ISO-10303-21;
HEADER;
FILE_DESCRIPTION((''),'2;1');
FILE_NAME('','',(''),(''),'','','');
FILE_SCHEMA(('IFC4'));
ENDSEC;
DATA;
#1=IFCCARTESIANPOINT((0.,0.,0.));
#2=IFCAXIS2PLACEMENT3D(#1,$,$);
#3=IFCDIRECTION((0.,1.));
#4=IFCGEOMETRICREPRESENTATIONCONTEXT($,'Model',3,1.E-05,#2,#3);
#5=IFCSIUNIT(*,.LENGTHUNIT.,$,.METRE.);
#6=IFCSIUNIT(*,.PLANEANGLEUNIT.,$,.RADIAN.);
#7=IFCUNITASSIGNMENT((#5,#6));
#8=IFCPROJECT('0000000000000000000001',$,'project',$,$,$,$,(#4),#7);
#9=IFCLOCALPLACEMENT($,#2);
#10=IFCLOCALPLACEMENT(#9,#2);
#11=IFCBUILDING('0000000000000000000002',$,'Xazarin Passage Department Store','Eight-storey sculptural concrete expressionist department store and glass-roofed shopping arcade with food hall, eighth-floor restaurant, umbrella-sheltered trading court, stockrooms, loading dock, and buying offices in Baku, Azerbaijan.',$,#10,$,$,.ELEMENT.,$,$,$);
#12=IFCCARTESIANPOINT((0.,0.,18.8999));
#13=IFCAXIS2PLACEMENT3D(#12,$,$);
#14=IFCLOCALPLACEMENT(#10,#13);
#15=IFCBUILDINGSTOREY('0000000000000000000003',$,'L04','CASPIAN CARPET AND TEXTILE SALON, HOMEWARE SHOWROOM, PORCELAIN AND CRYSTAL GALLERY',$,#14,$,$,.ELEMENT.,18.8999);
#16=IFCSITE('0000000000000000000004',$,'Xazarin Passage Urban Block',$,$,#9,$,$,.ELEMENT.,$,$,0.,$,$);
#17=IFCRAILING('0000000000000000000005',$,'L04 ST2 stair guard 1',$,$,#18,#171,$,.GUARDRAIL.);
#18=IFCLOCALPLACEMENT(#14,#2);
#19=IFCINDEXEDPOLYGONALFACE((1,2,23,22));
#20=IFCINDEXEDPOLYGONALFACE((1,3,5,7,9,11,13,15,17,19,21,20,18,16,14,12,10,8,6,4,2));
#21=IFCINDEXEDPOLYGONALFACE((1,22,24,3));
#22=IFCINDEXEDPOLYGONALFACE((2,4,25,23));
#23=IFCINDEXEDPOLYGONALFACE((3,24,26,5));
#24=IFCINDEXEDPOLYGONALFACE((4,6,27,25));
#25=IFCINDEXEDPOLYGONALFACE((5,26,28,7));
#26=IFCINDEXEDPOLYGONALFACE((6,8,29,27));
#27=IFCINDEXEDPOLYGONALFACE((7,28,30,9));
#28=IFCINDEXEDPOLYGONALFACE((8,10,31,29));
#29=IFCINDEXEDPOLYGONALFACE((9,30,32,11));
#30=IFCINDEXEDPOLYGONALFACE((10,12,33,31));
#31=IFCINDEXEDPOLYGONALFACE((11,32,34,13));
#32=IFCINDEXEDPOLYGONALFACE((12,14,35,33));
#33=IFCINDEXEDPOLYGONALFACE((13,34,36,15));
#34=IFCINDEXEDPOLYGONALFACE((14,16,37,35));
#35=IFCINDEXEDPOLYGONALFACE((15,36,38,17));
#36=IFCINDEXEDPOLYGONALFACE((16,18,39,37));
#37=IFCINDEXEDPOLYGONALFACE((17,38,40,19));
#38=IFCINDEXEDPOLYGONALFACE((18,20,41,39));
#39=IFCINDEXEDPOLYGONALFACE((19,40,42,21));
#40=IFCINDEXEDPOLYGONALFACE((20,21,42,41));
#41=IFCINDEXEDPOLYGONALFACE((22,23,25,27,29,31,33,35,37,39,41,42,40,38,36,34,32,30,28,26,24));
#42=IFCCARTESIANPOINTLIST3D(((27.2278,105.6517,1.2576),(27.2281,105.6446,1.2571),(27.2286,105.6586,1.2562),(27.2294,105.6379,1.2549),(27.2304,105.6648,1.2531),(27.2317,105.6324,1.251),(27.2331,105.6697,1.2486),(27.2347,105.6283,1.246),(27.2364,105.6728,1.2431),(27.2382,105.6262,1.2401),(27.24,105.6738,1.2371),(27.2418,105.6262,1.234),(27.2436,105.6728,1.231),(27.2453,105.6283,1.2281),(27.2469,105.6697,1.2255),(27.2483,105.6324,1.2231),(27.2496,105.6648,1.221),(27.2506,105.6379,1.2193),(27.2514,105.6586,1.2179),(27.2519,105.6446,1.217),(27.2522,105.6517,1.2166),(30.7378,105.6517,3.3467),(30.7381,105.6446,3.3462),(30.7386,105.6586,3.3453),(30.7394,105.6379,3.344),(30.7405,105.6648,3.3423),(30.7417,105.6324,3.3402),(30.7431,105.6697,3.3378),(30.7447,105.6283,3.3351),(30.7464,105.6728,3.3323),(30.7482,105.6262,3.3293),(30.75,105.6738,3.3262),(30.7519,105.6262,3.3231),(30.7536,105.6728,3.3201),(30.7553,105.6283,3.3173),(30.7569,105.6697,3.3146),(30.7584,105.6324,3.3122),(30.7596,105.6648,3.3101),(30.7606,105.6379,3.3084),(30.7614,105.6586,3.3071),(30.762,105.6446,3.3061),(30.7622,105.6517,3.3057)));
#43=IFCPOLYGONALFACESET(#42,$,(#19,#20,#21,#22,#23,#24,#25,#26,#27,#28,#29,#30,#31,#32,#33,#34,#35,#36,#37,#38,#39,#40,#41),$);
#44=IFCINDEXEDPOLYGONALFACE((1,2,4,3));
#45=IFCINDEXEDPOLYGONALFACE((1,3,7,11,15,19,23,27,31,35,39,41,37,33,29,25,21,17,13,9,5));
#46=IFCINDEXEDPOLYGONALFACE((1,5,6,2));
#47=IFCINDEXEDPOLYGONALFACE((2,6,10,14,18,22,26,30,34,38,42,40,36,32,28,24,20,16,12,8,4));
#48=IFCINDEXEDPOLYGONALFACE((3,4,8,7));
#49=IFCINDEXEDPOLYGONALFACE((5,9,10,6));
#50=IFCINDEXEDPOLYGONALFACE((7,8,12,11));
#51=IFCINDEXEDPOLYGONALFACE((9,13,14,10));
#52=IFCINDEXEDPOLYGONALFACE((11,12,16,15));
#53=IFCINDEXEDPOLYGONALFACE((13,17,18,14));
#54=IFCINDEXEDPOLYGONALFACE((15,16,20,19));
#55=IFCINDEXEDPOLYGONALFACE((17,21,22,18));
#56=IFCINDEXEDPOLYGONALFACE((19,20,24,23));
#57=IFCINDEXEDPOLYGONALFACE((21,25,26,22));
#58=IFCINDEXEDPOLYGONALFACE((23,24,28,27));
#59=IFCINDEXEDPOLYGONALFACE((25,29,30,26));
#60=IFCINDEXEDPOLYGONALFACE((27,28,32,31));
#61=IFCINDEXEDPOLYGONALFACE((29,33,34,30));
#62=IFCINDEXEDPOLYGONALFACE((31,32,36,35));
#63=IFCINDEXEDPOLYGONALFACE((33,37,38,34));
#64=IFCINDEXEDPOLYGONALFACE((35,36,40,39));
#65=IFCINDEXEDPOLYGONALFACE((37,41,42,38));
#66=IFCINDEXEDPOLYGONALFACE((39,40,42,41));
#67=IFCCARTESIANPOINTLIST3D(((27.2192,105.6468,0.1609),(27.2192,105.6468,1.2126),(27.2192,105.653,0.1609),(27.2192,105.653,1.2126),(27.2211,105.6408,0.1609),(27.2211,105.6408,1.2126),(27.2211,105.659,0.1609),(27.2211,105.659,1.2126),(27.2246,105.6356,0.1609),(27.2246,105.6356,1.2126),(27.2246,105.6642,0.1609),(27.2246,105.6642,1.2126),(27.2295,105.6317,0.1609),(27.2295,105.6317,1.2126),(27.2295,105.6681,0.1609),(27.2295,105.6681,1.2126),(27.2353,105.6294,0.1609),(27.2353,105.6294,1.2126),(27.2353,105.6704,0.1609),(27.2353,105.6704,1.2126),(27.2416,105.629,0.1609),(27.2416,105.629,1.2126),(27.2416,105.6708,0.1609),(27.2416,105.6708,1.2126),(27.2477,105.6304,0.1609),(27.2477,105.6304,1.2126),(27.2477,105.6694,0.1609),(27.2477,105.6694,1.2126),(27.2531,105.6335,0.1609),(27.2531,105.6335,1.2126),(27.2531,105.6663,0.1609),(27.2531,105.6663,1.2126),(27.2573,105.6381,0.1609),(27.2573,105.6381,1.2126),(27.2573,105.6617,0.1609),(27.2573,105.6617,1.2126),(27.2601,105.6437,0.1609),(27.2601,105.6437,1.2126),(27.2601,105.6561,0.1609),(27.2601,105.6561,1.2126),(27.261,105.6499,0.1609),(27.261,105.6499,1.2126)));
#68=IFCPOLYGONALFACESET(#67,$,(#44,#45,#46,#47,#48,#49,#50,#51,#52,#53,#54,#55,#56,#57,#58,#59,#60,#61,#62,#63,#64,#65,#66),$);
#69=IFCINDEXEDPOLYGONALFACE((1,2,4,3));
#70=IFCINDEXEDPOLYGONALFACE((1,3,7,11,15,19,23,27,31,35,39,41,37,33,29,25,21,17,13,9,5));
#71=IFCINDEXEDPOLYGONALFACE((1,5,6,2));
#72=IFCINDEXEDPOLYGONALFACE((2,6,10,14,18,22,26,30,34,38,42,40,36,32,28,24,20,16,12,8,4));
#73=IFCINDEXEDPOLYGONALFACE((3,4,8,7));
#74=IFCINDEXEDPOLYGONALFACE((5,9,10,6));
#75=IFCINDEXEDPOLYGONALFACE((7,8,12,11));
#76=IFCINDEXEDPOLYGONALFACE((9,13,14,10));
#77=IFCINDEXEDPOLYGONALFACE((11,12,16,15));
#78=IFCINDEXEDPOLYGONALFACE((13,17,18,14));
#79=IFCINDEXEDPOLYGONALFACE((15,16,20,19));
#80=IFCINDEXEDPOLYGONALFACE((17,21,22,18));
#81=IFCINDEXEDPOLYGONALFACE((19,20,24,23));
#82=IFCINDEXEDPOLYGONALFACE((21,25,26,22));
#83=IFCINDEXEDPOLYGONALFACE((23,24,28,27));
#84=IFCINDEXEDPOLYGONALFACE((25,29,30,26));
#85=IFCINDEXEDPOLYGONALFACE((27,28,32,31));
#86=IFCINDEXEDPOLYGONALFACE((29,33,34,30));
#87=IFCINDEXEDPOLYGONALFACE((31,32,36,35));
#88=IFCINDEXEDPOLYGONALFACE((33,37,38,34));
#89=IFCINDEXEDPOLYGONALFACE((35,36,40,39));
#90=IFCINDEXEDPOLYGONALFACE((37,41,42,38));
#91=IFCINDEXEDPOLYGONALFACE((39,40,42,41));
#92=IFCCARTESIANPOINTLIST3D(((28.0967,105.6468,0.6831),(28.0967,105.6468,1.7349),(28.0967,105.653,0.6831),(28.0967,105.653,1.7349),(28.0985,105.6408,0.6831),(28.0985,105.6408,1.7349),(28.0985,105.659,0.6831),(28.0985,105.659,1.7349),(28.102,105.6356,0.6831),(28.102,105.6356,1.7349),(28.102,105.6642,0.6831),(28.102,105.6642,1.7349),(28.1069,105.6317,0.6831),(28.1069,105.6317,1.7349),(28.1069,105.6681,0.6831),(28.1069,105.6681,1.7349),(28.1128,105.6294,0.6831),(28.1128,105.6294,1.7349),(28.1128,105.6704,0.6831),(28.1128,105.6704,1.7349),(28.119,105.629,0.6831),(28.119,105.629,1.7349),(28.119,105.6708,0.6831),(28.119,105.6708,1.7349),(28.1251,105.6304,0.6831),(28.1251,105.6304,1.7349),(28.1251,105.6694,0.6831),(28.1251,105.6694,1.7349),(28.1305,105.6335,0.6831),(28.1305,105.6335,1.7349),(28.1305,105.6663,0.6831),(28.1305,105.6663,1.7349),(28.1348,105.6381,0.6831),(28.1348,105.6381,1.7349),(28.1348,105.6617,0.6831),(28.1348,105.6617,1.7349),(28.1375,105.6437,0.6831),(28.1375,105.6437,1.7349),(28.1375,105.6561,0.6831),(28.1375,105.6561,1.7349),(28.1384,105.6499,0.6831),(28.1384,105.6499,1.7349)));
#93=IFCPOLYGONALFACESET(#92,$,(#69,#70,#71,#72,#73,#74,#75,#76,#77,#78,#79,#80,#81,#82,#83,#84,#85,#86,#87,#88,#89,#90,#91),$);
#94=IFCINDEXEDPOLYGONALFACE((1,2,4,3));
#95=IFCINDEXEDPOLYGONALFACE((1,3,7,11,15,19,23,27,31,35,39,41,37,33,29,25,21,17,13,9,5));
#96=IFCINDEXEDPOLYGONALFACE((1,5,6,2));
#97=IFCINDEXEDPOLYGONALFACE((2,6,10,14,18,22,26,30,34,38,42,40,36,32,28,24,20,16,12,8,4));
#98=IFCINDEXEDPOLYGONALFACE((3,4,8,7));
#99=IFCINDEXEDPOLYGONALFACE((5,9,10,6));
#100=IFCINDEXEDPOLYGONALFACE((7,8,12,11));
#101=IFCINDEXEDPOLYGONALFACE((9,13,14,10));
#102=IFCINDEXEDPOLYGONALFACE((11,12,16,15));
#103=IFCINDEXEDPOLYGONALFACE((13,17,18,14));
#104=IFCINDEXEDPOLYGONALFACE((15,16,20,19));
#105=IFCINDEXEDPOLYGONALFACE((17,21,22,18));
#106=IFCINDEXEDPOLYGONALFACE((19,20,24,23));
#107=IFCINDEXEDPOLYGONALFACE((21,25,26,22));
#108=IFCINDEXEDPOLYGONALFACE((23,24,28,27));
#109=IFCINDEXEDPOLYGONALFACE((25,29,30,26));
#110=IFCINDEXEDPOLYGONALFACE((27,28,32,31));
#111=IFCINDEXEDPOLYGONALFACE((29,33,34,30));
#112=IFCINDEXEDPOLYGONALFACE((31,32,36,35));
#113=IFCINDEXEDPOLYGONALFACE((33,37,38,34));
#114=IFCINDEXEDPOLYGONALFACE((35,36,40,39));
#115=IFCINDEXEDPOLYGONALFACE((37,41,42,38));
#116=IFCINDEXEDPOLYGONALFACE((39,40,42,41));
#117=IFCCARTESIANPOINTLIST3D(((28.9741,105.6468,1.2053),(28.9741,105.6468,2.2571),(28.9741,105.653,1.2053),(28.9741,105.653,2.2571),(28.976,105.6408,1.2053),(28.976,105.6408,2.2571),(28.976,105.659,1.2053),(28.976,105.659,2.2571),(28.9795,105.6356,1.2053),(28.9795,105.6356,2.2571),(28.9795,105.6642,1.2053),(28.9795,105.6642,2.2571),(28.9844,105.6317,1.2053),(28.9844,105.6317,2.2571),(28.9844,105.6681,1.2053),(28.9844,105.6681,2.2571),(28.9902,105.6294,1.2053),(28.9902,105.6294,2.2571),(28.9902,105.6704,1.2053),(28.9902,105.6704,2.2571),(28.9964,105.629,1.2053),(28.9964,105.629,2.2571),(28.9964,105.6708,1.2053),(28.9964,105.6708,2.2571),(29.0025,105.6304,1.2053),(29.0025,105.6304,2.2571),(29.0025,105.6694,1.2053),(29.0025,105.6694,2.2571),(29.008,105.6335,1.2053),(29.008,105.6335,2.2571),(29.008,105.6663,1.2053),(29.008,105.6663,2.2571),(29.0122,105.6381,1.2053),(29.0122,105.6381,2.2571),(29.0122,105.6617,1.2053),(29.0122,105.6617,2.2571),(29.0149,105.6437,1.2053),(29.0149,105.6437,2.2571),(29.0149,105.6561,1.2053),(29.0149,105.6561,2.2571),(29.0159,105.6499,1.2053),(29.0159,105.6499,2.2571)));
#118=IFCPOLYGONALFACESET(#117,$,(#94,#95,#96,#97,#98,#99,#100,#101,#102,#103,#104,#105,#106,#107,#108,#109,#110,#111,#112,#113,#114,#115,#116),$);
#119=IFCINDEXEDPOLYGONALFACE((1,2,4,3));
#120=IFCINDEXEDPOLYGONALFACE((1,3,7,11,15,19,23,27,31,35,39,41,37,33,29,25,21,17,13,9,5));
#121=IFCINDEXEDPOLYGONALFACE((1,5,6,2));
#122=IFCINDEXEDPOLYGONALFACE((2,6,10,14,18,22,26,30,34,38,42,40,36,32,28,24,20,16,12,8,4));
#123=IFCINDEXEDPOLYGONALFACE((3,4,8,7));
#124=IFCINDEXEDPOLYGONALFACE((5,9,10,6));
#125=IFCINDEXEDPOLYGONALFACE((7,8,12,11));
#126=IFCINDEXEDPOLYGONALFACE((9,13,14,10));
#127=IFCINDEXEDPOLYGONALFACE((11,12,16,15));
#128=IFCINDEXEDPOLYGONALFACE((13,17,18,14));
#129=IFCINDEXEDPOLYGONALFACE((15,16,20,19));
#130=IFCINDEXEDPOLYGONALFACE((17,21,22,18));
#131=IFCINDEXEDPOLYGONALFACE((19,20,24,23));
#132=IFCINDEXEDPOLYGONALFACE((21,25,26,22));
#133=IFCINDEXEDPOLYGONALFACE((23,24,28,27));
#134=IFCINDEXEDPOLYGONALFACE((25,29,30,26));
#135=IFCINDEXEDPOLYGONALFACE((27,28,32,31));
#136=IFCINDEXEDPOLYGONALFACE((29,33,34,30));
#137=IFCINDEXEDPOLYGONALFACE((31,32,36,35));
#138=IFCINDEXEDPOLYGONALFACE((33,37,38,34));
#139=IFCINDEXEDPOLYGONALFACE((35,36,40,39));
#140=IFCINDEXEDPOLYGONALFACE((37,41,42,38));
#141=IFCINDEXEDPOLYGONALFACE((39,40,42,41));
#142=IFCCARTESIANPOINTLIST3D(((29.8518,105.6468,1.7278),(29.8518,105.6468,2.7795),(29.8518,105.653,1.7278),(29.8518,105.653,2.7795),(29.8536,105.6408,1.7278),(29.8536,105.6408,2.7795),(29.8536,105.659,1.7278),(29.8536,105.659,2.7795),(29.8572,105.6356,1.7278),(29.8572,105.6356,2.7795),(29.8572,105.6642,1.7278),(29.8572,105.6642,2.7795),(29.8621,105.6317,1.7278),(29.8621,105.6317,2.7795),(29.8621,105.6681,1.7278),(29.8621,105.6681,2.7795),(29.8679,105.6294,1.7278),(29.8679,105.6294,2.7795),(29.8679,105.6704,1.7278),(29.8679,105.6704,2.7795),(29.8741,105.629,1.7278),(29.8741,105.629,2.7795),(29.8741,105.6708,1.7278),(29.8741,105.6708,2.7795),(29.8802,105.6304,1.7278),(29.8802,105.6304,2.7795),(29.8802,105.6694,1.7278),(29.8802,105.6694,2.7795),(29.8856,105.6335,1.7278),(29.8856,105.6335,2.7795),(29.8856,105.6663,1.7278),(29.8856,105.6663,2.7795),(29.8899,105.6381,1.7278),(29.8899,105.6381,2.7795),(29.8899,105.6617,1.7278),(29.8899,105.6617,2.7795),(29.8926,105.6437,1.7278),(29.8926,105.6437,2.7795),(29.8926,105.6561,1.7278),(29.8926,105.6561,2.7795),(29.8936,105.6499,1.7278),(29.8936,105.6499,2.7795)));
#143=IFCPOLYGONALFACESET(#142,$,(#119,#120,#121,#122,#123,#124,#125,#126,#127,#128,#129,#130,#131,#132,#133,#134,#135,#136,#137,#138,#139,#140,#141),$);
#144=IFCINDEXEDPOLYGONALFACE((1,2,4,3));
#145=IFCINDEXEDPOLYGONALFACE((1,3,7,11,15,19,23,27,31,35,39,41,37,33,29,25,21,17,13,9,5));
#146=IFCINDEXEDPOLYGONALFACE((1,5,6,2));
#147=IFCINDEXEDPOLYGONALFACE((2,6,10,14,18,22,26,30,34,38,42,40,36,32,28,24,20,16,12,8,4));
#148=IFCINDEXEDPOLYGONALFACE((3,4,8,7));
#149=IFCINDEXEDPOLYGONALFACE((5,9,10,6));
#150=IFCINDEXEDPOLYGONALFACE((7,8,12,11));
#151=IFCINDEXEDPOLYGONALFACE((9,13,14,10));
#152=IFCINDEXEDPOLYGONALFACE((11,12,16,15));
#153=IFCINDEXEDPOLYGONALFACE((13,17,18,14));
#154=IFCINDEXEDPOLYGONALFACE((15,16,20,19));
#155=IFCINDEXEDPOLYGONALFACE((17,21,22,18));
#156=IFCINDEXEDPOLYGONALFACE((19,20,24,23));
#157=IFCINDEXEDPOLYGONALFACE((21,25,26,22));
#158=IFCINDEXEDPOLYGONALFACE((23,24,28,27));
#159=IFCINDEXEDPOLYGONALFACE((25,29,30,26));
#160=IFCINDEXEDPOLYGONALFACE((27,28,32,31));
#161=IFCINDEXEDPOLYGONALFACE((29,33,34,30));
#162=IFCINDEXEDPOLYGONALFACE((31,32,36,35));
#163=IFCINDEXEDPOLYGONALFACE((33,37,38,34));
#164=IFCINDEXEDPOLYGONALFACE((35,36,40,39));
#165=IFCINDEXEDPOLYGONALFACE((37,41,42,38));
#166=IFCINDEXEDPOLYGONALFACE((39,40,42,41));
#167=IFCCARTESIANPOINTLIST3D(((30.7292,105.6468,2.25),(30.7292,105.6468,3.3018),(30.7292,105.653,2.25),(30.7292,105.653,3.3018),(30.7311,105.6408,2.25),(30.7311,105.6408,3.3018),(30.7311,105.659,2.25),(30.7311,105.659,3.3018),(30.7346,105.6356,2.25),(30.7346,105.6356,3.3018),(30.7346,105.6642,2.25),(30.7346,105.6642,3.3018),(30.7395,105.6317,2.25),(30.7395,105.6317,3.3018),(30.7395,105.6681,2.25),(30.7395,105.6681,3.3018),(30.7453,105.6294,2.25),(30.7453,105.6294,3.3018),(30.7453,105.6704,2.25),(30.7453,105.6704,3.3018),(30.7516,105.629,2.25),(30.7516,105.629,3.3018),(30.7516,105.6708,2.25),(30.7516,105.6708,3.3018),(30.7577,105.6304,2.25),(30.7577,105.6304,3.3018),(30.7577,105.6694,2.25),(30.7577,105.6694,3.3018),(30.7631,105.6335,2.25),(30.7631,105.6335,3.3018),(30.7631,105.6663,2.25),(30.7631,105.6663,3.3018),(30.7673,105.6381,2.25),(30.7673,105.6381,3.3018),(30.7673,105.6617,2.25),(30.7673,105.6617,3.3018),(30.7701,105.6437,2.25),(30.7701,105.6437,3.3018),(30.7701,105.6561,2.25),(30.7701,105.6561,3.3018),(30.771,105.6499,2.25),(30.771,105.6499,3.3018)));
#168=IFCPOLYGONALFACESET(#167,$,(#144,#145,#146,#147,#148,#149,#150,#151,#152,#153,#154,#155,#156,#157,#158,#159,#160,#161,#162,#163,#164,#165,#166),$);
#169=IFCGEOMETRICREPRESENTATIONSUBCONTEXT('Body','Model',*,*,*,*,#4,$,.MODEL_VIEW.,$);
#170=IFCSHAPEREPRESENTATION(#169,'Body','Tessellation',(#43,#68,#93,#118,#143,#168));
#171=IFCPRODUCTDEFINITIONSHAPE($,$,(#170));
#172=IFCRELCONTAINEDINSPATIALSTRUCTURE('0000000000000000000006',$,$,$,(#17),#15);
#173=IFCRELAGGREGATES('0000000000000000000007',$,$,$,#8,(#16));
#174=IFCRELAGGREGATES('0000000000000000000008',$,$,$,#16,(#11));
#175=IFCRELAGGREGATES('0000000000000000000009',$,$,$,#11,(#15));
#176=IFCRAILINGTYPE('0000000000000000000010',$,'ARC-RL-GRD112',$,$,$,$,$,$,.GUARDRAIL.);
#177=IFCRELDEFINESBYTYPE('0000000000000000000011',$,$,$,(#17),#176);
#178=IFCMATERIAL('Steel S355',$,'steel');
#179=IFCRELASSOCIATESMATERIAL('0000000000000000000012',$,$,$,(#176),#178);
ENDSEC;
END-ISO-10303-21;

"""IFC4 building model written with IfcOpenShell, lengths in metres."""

from ifc_helpers import new_model, si_unit, direction, frame, origin, origin_2d, place, context, subcontext, project, spatial, circle, extrude, material, type_object, element, save


model = new_model("IFC4")

# Units and contexts
model_context = context("Model", 3, precision=1e-05, world=origin(), true_north=direction((0.0, 1.0)))
body_context = subcontext(model_context, "Body", "Model", "MODEL_VIEW")
ifc_project = project(units=[si_unit("LENGTHUNIT", "METRE"), si_unit("PLANEANGLEUNIT", "RADIAN")], contexts=[model_context])

# Site, building, storey
site_placement = place(None, origin())
site = spatial("IfcSite", under=ifc_project, at=site_placement, Name="Xazarin Passage Urban Block", CompositionType="ELEMENT", RefElevation=0.0)
building_placement = place(site_placement, origin())
building = spatial("IfcBuilding", under=site, at=building_placement, Name="Xazarin Passage Department Store", Description="Eight-storey sculptural concrete expressionist department store and glass-roofed shopping arcade with food hall, eighth-floor restaurant, umbrella-sheltered trading court, stockrooms, loading dock, and buying offices in Baku, Azerbaijan.", CompositionType="ELEMENT")
storey_placement = place(building_placement, frame((0.0, 0.0, 18.8999)))
storey = spatial("IfcBuildingStorey", under=building, at=storey_placement, Name="L04", Description="CASPIAN CARPET AND TEXTILE SALON, HOMEWARE SHOWROOM, PORCELAIN AND CRYSTAL GALLERY", CompositionType="ELEMENT", Elevation=18.8999)

# Shared definitions
ifc_material_1 = material(Name="Steel S355", Category="steel")

# Railing
railing_type_1 = type_object("IfcRailingType", Name="ARC-RL-GRD112", PredefinedType="GUARDRAIL", material=ifc_material_1)
railing_1_placement = place(storey_placement, frame((27.24, 105.6499, 0.1609)))
element("IfcRailing", 1, at=railing_1_placement, inside=storey, type_object=railing_type_1, Name="L04 ST2 stair guard 1", PredefinedType="GUARDRAIL", context=body_context, shape_type="SweptSolid", body=[
    extrude(circle(Radius=0.0239, at=origin_2d()), frame((0.0, 0.0, 1.0762), z_axis=(0.859312, 0.0, 0.511451), x_axis=(0.0, 1.0, 0.0)), (0.0, 0.0, 1.0), 4.0847),
    extrude(circle(Radius=0.021, at=origin_2d()), origin(), (0.0, 0.0, 1.0), 1.0518),
    extrude(circle(Radius=0.021, at=origin_2d()), frame((0.8774, 0.0, 0.5222)), (0.0, 0.0, 1.0), 1.0518),
    extrude(circle(Radius=0.021, at=origin_2d()), frame((1.7549, 0.0, 1.0444)), (0.0, 0.0, 1.0), 1.0518),
    extrude(circle(Radius=0.021, at=origin_2d()), frame((2.6326, 0.0, 1.5669)), (0.0, 0.0, 1.0), 1.0518),
    extrude(circle(Radius=0.021, at=origin_2d()), frame((3.51, 0.0, 2.0891)), (0.0, 0.0, 1.0), 1.0518),
])

save(model, "model.ifc")
